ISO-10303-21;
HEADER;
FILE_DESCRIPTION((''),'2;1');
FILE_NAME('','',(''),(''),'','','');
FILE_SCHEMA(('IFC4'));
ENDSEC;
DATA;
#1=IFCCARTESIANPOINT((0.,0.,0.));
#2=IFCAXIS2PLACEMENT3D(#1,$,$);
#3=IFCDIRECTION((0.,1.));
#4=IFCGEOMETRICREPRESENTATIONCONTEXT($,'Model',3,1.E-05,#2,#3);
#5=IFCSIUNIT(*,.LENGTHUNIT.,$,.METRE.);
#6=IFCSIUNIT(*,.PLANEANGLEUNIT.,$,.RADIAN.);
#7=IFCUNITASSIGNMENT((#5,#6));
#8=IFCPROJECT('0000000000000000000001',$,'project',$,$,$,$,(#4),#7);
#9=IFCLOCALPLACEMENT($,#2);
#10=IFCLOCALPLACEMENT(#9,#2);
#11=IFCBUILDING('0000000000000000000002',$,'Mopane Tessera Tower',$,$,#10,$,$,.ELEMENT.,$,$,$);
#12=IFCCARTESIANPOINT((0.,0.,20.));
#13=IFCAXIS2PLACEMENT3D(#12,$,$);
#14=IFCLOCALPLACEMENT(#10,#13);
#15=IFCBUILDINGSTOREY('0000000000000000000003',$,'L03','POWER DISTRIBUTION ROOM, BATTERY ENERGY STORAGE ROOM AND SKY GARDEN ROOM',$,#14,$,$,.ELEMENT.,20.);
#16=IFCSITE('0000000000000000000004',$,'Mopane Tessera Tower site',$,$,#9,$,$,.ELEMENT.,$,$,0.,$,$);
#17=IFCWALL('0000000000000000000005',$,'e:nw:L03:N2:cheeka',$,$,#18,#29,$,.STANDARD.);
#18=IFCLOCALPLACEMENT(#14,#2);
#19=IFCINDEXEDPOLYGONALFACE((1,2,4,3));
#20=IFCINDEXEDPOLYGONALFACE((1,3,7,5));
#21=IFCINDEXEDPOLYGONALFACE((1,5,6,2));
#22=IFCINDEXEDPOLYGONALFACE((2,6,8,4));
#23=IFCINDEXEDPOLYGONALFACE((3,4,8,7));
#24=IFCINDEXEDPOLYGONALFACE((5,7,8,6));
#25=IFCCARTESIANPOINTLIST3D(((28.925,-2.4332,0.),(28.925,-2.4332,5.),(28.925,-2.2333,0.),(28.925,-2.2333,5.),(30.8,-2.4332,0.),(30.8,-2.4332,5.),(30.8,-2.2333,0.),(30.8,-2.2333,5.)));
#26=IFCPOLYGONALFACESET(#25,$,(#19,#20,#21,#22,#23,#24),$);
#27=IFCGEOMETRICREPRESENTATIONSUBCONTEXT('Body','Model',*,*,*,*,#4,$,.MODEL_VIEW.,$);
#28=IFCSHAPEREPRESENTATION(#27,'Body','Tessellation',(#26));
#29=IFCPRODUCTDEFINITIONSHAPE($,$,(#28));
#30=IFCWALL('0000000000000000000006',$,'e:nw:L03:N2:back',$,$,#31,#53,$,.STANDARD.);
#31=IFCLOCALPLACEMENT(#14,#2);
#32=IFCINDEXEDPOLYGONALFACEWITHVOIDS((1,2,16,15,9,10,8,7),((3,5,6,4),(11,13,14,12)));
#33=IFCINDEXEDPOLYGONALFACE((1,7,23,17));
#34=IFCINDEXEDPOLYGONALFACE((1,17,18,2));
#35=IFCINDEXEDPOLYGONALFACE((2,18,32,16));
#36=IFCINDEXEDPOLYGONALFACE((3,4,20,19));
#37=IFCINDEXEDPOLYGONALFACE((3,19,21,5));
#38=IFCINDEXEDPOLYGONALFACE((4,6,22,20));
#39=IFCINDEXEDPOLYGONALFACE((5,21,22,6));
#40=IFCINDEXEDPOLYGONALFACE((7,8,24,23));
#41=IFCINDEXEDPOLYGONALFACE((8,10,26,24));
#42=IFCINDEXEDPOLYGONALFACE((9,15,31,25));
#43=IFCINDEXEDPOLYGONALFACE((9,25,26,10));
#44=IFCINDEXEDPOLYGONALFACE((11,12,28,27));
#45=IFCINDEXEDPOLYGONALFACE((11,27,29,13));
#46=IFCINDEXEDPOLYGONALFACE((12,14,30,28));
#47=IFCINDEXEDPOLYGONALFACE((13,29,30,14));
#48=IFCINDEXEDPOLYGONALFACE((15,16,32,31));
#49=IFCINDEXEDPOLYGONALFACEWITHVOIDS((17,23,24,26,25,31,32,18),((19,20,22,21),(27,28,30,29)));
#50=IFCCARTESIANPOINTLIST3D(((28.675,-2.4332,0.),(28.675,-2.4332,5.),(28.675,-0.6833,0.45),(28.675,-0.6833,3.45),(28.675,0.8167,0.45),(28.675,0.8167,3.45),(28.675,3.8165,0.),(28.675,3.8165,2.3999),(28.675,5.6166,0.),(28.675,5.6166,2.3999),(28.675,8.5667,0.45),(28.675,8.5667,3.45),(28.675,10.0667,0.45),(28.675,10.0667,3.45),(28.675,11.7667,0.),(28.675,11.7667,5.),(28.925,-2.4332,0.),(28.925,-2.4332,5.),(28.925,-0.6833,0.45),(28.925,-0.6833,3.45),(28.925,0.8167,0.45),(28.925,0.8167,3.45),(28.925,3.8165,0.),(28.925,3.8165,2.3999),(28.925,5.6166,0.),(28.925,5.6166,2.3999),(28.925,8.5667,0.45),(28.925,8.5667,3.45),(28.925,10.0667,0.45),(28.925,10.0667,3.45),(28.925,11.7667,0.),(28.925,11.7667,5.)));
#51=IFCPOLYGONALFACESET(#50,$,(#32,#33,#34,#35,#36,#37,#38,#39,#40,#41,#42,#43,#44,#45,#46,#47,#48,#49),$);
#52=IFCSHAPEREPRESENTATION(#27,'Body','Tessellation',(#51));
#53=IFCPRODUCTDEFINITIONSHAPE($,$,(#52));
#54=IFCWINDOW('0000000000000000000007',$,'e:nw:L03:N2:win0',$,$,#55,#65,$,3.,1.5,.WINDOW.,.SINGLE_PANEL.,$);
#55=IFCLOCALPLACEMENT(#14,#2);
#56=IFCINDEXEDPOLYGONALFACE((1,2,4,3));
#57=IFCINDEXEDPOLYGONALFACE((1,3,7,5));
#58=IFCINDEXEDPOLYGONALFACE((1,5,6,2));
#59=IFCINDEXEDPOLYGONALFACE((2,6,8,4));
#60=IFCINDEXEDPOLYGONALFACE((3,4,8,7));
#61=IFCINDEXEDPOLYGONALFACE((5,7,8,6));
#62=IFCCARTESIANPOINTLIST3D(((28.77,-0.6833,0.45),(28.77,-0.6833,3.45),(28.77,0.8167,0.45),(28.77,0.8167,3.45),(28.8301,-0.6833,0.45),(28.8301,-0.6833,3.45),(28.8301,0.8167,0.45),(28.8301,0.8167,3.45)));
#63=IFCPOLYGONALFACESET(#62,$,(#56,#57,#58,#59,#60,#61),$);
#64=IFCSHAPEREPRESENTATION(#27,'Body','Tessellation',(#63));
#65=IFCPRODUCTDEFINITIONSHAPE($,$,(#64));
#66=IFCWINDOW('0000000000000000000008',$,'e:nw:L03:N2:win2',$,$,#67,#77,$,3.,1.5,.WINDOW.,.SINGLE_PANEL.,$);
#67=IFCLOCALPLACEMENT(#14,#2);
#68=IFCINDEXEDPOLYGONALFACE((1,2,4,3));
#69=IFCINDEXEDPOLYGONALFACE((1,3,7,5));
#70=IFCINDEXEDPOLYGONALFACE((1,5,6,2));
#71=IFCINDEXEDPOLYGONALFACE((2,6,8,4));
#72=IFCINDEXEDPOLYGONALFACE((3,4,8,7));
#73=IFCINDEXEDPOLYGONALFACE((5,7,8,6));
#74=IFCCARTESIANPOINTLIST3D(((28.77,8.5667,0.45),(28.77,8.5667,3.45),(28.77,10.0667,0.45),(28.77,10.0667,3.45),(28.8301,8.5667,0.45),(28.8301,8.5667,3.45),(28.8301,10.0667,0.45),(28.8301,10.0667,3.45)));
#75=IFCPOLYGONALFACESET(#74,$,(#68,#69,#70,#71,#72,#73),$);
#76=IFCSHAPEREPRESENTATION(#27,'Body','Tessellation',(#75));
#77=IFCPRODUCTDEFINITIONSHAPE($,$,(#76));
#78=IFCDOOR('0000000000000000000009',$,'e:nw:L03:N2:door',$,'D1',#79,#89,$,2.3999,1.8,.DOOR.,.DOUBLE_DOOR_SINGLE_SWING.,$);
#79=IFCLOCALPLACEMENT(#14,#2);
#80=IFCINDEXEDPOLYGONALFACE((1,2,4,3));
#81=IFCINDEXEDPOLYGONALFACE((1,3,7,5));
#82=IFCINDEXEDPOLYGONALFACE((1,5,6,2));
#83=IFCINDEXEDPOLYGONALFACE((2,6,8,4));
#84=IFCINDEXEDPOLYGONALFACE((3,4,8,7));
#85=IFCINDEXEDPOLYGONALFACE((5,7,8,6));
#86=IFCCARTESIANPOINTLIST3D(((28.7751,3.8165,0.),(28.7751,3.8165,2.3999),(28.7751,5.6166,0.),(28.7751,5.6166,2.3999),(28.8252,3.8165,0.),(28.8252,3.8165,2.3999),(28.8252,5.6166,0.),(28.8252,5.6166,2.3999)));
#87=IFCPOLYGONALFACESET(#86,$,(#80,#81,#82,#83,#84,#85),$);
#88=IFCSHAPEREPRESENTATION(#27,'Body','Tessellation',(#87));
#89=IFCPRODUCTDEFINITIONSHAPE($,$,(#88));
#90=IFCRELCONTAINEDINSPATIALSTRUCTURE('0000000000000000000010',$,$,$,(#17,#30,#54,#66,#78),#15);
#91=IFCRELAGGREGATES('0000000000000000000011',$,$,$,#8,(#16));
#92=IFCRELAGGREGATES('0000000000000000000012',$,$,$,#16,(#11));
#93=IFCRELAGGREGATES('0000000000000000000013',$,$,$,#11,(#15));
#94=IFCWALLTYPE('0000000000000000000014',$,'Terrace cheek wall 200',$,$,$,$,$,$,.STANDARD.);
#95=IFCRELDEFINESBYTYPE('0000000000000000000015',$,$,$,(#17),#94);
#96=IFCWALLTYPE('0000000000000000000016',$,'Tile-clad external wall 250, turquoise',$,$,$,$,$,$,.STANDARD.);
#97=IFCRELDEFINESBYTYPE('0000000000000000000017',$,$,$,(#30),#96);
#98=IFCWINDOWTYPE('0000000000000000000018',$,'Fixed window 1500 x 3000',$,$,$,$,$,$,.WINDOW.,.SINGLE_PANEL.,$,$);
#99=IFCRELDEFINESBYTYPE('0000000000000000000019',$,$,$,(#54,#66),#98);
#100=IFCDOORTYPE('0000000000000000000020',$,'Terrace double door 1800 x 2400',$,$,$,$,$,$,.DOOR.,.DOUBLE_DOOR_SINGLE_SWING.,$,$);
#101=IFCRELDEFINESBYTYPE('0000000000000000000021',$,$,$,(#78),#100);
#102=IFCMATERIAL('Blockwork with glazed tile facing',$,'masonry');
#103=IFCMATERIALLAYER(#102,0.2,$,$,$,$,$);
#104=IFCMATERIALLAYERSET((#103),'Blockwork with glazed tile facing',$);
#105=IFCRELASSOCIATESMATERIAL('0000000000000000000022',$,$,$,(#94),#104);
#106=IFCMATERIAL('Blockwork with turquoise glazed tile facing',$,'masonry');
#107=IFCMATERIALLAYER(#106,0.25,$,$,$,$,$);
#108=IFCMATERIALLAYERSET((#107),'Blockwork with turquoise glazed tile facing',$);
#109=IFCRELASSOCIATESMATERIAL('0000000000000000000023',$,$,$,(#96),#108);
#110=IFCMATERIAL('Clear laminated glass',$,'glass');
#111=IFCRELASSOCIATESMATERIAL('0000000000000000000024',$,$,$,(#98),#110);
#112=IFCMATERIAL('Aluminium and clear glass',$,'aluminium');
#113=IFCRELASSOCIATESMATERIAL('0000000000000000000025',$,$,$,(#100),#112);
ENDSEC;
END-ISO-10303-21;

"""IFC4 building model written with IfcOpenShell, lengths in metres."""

from ifc_helpers import new_model, si_unit, direction, frame, frame_2d, origin, place, context, subcontext, project, spatial, rectangle, extrude, material, layer, layer_set, type_object, element, fill, save


model = new_model("IFC4")

# Units and contexts
model_context = context("Model", 3, precision=1e-05, world=origin(), true_north=direction((0.0, 1.0)))
body_context = subcontext(model_context, "Body", "Model", "MODEL_VIEW")
ifc_project = project(units=[si_unit("LENGTHUNIT", "METRE"), si_unit("PLANEANGLEUNIT", "RADIAN")], contexts=[model_context])

# Site, building, storey
site_placement = place(None, origin())
site = spatial("IfcSite", under=ifc_project, at=site_placement, Name="Mopane Tessera Tower site", CompositionType="ELEMENT", RefElevation=0.0)
building_placement = place(site_placement, origin())
building = spatial("IfcBuilding", under=site, at=building_placement, Name="Mopane Tessera Tower", CompositionType="ELEMENT")
storey_placement = place(building_placement, frame((0.0, 0.0, 20.0)))
storey = spatial("IfcBuildingStorey", under=building, at=storey_placement, Name="L03", Description="POWER DISTRIBUTION ROOM, BATTERY ENERGY STORAGE ROOM AND SKY GARDEN ROOM", CompositionType="ELEMENT", Elevation=20.0)

# Wall
ifc_material_1 = material(Name="Blockwork with glazed tile facing", Category="masonry")
ifc_layer_1 = layer(ifc_material_1, 0.2)
ifc_layer_set_1 = layer_set([ifc_layer_1], Name="Blockwork with glazed tile facing")
wall_type_1 = type_object("IfcWallType", Name="Terrace cheek wall 200", PredefinedType="STANDARD", material=ifc_layer_set_1)
wall_1_placement = place(storey_placement, frame((30.8, -2.3333, 0.0), z_axis=(0.0, 0.0, 1.0), x_axis=(-1.0, 0.0, 0.0)))
element("IfcWall", 1, at=wall_1_placement, inside=storey, type_object=wall_type_1, Name="e:nw:L03:N2:cheeka", PredefinedType="STANDARD", context=body_context, shape_type="SweptSolid", body=[
    extrude(rectangle(XDim=1.875, YDim=0.2, at=frame_2d((0.9375, 0.0))), origin(), (0.0, 0.0, 1.0), 5.0),
])

# Wall, openings, windows, door
ifc_material_2 = material(Name="Blockwork with turquoise glazed tile facing", Category="masonry")
ifc_layer_2 = layer(ifc_material_2, 0.25)
ifc_layer_set_2 = layer_set([ifc_layer_2], Name="Blockwork with turquoise glazed tile facing")
wall_type_2 = type_object("IfcWallType", Name="Tile-clad external wall 250, turquoise", PredefinedType="STANDARD", material=ifc_layer_set_2)
wall_2_placement = place(storey_placement, frame((28.8, -2.4333, 0.0), z_axis=(0.0, 0.0, 1.0), x_axis=(0.0, 1.0, 0.0)))
wall_2 = element("IfcWall", 2, at=wall_2_placement, inside=storey, type_object=wall_type_2, Name="e:nw:L03:N2:back", PredefinedType="STANDARD", context=body_context, shape_type="SweptSolid", body=[
    extrude(rectangle(XDim=14.2, YDim=0.25, at=frame_2d((7.1001, 0.0))), origin(), (0.0, 0.0, 1.0), 5.0),
])
opening_1_placement = place(wall_2_placement, frame((1.75, 0.0, 0.45)))
opening_1 = element("IfcOpeningElement", 3, at=opening_1_placement, cuts=wall_2, PredefinedType="OPENING", context=body_context, shape_type="SweptSolid", body=[
    extrude(rectangle(XDim=1.5, YDim=3.0, at=frame_2d((0.75, 1.5))), frame((0.0, 0.137, 0.0), z_axis=(0.0, -1.0, 0.0), x_axis=(1.0, 0.0, 0.0)), (0.0, 0.0, 1.0), 0.2739),
])
opening_2_placement = place(wall_2_placement, frame((6.25, 0.0, 0.0)))
opening_2 = element("IfcOpeningElement", 4, at=opening_2_placement, cuts=wall_2, PredefinedType="OPENING", context=body_context, shape_type="SweptSolid", body=[
    extrude(rectangle(XDim=1.8, YDim=2.3999, at=frame_2d((0.8999, 1.2))), frame((0.0, 0.137, 0.0), z_axis=(0.0, -1.0, 0.0), x_axis=(1.0, 0.0, 0.0)), (0.0, 0.0, 1.0), 0.2739),
])
opening_3_placement = place(wall_2_placement, frame((11.0, 0.0, 0.45)))
opening_3 = element("IfcOpeningElement", 5, at=opening_3_placement, cuts=wall_2, PredefinedType="OPENING", context=body_context, shape_type="SweptSolid", body=[
    extrude(rectangle(XDim=1.5, YDim=3.0, at=frame_2d((0.75, 1.5))), frame((0.0, 0.137, 0.0), z_axis=(0.0, -1.0, 0.0), x_axis=(1.0, 0.0, 0.0)), (0.0, 0.0, 1.0), 0.2739),
])
ifc_material_3 = material(Name="Clear laminated glass", Category="glass")
window_type = type_object("IfcWindowType", Name="Fixed window 1500 x 3000", PartitioningType="SINGLE_PANEL", PredefinedType="WINDOW", material=ifc_material_3)
window_1_placement = place(opening_1_placement, origin())
window_1 = element("IfcWindow", 6, at=window_1_placement, inside=storey, type_object=window_type, Name="e:nw:L03:N2:win0", OverallHeight=3.0, OverallWidth=1.5, PartitioningType="SINGLE_PANEL", PredefinedType="WINDOW", context=body_context, shape_type="SweptSolid", body=[
    extrude(rectangle(XDim=1.5, YDim=3.0, at=frame_2d((0.75, 1.5))), frame((0.0, 0.03, 0.0), z_axis=(0.0, -1.0, 0.0), x_axis=(1.0, 0.0, 0.0)), (0.0, 0.0, 1.0), 0.0601),
])
fill(opening_1, window_1)
window_2_placement = place(opening_3_placement, origin())
window_2 = element("IfcWindow", 7, at=window_2_placement, inside=storey, type_object=window_type, Name="e:nw:L03:N2:win2", OverallHeight=3.0, OverallWidth=1.5, PartitioningType="SINGLE_PANEL", PredefinedType="WINDOW", context=body_context, shape_type="SweptSolid", body=[
    extrude(rectangle(XDim=1.5, YDim=3.0, at=frame_2d((0.75, 1.5))), frame((0.0, 0.03, 0.0), z_axis=(0.0, -1.0, 0.0), x_axis=(1.0, 0.0, 0.0)), (0.0, 0.0, 1.0), 0.0601),
])
fill(opening_3, window_2)
ifc_material_4 = material(Name="Aluminium and clear glass", Category="aluminium")
door_type_1 = type_object("IfcDoorType", Name="Terrace double door 1800 x 2400", OperationType="DOUBLE_DOOR_SINGLE_SWING", PredefinedType="DOOR", material=ifc_material_4)
door_1_placement = place(opening_2_placement, origin())
door_1 = element("IfcDoor", 8, at=door_1_placement, inside=storey, type_object=door_type_1, Name="e:nw:L03:N2:door", ObjectType="D1", OperationType="DOUBLE_DOOR_SINGLE_SWING", OverallHeight=2.3999, OverallWidth=1.8, PredefinedType="DOOR", context=body_context, shape_type="SweptSolid", body=[
    extrude(rectangle(XDim=1.8, YDim=2.3999, at=frame_2d((0.8999, 1.2))), frame((0.0, 0.0249, 0.0), z_axis=(0.0, -1.0, 0.0), x_axis=(1.0, 0.0, 0.0)), (0.0, 0.0, 1.0), 0.05),
])
fill(opening_2, door_1)

save(model, "model.ifc")
